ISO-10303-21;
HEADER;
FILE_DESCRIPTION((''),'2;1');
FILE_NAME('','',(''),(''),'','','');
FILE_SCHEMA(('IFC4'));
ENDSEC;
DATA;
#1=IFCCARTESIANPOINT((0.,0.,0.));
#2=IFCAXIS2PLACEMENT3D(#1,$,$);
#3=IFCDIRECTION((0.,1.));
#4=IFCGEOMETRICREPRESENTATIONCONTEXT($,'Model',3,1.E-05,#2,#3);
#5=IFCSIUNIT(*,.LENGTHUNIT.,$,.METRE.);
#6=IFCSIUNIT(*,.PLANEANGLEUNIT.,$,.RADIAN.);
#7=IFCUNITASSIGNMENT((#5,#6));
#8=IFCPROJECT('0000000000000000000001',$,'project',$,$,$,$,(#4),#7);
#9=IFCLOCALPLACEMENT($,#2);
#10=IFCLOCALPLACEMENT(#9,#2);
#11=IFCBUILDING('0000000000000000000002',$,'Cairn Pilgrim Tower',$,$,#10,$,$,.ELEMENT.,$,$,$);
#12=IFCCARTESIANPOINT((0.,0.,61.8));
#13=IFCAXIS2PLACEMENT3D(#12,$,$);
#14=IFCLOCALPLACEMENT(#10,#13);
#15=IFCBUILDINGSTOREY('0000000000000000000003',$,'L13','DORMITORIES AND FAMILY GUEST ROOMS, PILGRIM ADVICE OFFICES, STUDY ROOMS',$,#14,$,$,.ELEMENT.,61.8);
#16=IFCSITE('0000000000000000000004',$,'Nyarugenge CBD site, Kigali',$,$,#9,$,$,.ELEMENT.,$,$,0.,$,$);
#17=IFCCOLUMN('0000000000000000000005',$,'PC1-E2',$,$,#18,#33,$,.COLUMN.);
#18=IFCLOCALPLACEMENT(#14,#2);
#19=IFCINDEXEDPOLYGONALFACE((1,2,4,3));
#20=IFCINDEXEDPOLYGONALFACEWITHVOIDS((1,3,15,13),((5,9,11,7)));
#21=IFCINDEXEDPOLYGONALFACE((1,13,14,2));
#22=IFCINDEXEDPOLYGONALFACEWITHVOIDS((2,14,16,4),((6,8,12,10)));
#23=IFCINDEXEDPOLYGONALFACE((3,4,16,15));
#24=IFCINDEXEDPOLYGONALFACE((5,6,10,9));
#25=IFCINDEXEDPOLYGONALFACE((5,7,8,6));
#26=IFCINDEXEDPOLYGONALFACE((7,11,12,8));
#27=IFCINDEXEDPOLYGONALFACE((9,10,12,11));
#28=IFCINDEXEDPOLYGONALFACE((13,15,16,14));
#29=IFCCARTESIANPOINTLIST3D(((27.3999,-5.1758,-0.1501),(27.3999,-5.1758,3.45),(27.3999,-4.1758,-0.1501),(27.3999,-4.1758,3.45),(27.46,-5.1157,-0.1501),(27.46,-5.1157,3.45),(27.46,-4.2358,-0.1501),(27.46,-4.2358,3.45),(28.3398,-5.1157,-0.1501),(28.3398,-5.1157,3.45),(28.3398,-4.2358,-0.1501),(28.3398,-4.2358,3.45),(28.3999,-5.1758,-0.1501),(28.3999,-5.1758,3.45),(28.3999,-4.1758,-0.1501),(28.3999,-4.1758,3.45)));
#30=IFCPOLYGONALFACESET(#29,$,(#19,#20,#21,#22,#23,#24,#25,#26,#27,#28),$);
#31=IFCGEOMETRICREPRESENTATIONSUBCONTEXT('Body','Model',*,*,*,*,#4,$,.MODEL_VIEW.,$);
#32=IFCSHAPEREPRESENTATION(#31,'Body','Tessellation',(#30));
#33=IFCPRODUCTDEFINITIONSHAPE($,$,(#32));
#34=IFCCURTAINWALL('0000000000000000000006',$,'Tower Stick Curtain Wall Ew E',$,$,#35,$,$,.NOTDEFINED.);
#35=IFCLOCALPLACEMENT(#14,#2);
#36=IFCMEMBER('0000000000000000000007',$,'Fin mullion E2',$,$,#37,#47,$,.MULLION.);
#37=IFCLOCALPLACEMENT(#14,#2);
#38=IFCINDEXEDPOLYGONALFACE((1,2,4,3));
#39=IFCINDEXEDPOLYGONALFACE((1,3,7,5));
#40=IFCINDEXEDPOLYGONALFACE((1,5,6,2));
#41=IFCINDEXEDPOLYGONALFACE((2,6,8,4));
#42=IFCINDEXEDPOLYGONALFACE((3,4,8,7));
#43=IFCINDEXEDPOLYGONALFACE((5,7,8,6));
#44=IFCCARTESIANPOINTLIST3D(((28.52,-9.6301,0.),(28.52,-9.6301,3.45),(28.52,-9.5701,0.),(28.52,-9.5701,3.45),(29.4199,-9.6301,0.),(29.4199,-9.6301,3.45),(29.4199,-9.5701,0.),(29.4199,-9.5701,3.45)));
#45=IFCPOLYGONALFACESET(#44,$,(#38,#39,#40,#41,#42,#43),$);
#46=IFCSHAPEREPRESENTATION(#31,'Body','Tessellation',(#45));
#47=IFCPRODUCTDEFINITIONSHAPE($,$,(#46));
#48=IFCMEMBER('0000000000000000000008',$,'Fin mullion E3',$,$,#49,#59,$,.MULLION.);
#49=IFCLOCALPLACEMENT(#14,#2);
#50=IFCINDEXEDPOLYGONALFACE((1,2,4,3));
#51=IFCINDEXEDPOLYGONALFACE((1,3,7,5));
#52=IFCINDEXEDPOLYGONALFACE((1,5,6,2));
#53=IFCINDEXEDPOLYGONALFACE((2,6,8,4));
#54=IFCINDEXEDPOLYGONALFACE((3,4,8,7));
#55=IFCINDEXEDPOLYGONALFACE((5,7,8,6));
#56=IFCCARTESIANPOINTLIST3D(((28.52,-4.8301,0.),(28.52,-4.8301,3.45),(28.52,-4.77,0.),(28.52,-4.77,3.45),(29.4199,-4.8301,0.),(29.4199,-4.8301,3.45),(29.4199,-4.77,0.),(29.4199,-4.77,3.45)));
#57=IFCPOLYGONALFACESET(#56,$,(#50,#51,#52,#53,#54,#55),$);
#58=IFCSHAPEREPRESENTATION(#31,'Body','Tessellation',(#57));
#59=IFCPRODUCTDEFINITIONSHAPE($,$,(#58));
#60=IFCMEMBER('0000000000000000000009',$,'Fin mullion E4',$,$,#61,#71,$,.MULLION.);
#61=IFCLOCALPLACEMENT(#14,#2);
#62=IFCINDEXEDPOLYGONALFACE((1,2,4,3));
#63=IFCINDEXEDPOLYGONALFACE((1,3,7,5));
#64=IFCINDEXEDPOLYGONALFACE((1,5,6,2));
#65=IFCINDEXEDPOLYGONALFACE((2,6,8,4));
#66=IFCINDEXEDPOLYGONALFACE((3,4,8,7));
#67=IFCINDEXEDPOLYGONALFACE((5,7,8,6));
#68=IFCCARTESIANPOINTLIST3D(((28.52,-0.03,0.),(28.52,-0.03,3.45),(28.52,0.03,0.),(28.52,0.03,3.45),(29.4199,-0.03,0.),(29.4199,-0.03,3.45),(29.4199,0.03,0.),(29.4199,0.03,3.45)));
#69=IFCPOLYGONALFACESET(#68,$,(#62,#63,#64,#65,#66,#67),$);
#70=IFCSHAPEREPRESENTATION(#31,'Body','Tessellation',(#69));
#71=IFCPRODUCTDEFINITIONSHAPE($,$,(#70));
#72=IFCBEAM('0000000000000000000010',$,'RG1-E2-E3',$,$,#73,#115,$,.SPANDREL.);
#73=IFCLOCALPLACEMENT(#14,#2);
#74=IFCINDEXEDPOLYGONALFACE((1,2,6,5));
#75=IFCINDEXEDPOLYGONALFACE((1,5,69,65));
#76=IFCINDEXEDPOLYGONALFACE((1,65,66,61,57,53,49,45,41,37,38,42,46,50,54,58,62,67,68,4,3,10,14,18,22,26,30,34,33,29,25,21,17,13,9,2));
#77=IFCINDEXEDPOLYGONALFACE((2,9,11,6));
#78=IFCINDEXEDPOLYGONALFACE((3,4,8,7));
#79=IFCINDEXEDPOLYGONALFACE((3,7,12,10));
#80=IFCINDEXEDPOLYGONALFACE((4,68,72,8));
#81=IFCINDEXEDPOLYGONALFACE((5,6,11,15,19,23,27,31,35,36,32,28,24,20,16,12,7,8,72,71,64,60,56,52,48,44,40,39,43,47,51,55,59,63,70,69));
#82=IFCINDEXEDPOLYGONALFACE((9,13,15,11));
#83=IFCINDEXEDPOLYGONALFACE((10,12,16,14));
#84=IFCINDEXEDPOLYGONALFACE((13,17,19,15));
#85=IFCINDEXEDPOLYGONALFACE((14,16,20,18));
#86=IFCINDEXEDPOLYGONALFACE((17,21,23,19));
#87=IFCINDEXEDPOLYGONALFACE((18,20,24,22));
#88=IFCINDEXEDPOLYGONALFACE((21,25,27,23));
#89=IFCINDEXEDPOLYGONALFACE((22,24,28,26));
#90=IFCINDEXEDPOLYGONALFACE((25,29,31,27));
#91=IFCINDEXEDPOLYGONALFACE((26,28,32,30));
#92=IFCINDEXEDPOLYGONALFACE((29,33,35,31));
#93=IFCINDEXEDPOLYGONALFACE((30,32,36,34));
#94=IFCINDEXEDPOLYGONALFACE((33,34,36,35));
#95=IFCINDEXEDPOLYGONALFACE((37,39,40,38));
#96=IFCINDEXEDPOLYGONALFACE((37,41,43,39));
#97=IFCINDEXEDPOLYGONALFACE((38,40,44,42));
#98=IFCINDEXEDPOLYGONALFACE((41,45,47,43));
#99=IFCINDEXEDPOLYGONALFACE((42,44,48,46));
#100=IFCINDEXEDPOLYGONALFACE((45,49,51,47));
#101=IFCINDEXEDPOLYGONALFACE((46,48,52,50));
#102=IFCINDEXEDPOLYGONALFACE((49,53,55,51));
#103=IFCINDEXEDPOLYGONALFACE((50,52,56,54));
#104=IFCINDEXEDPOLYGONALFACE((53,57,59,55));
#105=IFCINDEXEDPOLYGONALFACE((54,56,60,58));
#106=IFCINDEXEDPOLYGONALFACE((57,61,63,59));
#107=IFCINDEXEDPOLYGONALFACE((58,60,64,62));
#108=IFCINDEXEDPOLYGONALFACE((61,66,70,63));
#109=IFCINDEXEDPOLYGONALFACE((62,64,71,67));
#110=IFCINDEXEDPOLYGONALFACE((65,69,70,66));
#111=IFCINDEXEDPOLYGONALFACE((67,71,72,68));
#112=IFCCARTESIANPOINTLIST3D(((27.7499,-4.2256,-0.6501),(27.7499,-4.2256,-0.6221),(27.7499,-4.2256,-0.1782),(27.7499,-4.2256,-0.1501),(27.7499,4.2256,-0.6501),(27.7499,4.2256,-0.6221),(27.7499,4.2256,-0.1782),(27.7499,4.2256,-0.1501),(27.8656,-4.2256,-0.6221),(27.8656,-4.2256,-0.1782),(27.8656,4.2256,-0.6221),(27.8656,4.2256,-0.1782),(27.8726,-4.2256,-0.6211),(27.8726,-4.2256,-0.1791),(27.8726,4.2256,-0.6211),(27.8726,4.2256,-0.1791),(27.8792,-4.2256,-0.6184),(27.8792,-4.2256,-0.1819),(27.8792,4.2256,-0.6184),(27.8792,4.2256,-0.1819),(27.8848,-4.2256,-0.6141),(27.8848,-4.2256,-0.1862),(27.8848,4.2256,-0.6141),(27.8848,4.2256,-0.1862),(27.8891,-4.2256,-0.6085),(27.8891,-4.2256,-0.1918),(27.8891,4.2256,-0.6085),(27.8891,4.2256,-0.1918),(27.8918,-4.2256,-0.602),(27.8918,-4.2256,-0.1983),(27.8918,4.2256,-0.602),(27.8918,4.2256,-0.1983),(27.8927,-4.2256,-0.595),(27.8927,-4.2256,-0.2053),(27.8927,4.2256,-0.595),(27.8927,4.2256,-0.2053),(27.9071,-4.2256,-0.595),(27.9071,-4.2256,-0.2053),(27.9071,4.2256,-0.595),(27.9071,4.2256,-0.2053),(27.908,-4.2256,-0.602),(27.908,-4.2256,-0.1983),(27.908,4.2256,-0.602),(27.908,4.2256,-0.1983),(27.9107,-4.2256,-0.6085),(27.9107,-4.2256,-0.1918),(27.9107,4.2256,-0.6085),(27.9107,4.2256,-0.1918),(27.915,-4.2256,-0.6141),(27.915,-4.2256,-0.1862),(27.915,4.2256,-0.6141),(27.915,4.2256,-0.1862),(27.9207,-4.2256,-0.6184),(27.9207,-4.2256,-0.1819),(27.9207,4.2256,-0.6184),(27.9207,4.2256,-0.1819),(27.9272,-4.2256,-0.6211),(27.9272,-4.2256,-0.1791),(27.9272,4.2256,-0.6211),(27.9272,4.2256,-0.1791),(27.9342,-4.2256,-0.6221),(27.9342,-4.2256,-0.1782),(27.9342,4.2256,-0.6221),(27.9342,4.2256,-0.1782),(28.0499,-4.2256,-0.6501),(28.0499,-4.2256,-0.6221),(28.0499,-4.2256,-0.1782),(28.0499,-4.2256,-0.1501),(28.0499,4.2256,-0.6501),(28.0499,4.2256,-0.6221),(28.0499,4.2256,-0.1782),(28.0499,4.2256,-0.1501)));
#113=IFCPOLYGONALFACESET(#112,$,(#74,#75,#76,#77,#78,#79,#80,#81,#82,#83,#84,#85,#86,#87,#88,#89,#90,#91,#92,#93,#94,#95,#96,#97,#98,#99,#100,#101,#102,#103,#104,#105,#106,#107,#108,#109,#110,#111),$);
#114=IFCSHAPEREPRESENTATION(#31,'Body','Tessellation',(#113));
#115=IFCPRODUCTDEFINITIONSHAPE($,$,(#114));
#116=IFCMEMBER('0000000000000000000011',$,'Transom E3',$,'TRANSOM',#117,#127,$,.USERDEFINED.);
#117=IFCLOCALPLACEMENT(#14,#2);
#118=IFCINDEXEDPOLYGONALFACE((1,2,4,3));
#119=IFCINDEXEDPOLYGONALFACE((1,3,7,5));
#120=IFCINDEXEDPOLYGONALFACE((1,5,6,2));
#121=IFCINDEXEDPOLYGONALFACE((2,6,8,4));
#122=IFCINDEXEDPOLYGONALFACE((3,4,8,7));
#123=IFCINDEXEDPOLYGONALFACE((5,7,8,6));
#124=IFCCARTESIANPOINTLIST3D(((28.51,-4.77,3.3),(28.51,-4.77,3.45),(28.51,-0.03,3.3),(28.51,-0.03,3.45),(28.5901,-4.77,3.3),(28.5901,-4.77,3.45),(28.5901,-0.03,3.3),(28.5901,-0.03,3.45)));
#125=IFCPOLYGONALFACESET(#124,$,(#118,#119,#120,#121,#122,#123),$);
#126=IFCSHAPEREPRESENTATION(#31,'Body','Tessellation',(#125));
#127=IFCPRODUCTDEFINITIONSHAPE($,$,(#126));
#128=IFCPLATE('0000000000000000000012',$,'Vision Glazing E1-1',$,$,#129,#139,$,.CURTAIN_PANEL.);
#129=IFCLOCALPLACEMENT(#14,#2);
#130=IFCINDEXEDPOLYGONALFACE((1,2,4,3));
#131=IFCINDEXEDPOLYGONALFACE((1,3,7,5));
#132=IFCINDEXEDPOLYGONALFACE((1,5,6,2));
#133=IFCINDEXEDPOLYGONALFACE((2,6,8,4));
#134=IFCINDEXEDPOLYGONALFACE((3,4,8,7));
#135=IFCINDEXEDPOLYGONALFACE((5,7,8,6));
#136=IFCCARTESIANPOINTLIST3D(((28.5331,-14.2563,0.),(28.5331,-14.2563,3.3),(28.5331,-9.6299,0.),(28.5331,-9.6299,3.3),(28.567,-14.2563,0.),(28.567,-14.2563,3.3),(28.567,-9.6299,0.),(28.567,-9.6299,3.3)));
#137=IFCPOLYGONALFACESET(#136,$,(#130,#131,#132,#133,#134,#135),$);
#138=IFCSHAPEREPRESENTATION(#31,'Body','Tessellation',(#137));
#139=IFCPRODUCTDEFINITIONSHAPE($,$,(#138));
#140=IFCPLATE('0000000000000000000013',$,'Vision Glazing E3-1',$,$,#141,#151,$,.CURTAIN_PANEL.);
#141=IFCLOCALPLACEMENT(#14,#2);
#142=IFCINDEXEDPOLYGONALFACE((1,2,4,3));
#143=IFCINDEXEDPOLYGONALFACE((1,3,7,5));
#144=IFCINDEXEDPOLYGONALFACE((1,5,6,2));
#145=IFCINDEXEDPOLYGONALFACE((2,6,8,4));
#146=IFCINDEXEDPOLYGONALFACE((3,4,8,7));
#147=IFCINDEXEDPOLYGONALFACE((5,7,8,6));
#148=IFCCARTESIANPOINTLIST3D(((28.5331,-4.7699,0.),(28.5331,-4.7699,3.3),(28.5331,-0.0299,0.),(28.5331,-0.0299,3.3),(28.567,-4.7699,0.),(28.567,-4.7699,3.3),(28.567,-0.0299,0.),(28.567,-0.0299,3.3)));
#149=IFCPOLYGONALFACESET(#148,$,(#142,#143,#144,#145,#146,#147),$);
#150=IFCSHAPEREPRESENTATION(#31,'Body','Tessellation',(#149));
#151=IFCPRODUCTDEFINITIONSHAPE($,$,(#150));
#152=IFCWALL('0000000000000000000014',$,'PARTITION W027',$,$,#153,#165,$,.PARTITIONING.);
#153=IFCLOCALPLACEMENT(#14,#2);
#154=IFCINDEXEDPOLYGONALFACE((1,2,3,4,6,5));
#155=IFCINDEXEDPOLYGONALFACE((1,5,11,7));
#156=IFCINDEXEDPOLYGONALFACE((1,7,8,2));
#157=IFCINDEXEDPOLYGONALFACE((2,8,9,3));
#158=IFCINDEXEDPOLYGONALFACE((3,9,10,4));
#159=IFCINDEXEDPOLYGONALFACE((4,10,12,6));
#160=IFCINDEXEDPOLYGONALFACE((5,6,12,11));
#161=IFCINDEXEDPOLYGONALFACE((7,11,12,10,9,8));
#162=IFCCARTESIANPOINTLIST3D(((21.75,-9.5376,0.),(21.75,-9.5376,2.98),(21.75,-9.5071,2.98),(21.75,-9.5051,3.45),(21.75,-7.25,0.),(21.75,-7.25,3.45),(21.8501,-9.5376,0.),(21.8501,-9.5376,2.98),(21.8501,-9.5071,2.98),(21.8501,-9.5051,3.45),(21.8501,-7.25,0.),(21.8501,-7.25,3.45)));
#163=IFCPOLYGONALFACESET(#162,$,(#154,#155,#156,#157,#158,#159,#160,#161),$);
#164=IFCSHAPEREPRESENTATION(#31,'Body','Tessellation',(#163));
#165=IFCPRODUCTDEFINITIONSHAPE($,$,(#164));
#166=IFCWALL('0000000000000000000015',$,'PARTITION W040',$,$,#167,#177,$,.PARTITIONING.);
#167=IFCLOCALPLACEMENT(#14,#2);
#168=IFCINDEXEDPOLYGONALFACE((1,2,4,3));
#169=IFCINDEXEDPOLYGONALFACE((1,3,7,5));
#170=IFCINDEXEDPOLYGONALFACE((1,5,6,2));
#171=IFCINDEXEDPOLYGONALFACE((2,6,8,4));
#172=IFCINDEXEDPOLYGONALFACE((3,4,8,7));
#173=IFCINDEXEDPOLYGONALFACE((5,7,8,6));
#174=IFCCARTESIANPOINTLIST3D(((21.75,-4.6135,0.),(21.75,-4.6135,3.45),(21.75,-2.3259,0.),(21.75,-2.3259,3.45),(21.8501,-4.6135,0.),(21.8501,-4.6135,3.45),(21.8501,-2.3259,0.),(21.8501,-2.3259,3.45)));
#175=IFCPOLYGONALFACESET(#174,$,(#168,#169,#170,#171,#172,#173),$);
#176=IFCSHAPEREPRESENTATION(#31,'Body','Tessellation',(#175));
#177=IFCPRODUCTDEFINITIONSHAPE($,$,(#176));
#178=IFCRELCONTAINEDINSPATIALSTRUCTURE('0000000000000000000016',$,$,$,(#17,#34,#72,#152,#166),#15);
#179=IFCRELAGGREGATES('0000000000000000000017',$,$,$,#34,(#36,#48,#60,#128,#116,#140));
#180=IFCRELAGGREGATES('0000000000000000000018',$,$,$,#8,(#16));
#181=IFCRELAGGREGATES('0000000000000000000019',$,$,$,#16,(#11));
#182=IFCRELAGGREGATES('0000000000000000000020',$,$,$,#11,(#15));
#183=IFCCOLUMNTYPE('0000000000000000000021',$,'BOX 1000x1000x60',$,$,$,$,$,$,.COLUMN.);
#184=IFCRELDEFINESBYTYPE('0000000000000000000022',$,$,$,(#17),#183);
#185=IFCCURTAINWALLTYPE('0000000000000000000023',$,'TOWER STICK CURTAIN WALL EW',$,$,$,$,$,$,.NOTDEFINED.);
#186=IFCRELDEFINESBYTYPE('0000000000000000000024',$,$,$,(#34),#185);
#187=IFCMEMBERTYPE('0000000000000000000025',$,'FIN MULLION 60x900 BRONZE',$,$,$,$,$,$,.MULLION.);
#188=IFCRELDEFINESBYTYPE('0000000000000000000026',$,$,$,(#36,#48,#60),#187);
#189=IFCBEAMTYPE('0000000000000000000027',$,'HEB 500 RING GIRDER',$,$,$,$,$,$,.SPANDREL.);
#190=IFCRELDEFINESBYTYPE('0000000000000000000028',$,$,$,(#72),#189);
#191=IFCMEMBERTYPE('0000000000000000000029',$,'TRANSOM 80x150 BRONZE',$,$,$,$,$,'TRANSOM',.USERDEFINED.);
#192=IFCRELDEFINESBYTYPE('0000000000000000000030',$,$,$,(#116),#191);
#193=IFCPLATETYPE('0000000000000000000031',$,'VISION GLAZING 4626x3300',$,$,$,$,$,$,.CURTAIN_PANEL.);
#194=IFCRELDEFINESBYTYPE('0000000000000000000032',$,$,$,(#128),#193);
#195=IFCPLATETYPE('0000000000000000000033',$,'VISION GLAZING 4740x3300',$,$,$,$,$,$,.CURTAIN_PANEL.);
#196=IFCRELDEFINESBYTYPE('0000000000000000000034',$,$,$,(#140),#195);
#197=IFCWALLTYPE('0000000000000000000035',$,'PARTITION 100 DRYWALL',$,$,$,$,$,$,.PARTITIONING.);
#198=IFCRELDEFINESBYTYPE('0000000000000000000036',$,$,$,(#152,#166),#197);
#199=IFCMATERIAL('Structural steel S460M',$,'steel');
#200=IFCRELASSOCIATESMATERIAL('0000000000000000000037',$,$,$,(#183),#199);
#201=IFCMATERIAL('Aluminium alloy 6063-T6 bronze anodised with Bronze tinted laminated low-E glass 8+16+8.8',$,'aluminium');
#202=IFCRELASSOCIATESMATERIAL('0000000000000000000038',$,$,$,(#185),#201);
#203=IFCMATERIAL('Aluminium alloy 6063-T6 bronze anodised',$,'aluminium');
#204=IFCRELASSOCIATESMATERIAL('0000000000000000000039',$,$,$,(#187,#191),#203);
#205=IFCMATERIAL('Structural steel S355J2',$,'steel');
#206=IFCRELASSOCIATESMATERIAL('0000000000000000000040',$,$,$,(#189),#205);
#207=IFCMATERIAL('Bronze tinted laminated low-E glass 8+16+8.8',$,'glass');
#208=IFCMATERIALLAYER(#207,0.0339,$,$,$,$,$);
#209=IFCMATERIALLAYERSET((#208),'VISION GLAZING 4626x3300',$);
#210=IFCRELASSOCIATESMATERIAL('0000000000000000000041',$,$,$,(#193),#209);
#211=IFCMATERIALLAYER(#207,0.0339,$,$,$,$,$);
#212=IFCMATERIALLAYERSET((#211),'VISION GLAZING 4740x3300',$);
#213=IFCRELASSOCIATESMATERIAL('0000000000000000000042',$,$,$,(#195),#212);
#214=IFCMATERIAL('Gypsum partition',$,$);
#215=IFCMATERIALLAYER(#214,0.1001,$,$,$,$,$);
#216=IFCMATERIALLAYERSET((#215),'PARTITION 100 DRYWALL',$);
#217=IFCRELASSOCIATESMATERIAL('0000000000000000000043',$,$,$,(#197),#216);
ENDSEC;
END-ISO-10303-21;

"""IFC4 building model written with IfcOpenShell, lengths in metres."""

from ifc_helpers import new_model, si_unit, direction, frame, frame_2d, origin, origin_2d, place, context, subcontext, project, spatial, polyline, rectangle, hollow_rectangle, i_section, outline, extrude, material, layer, layer_set, material_profile, profile_set, type_object, element, aggregate, save


model = new_model("IFC4")

# Units and contexts
model_context = context("Model", 3, precision=1e-05, world=origin(), true_north=direction((0.0, 1.0)))
body_context = subcontext(model_context, "Body", "Model", "MODEL_VIEW")
ifc_project = project(units=[si_unit("LENGTHUNIT", "METRE"), si_unit("PLANEANGLEUNIT", "RADIAN")], contexts=[model_context])

# Site, building, storey
site_placement = place(None, origin())
site = spatial("IfcSite", under=ifc_project, at=site_placement, Name="Nyarugenge CBD site, Kigali", CompositionType="ELEMENT", RefElevation=0.0)
building_placement = place(site_placement, origin())
building = spatial("IfcBuilding", under=site, at=building_placement, Name="Cairn Pilgrim Tower", CompositionType="ELEMENT")
storey_placement = place(building_placement, frame((0.0, 0.0, 61.8)))
storey = spatial("IfcBuildingStorey", under=building, at=storey_placement, Name="L13", Description="DORMITORIES AND FAMILY GUEST ROOMS, PILGRIM ADVICE OFFICES, STUDY ROOMS", CompositionType="ELEMENT", Elevation=61.8)

# Column
ifc_material_1 = material(Name="Structural steel S460M", Category="steel")
ifc_material_profile_1 = material_profile(ifc_material_1, hollow_rectangle(XDim=1.0, YDim=1.0, WallThickness=0.0601, at=origin_2d()), Name="BOX 1000x1000x60")
ifc_profile_set_1 = profile_set([ifc_material_profile_1], Name="Structural steel S460M")
column_type = type_object("IfcColumnType", Name="BOX 1000x1000x60", PredefinedType="COLUMN", material=ifc_profile_set_1)
column_placement = place(storey_placement, frame((27.8999, -4.6758, -0.1501), z_axis=(0.0, 0.0, 1.0), x_axis=(1.0, 0.0, 0.0)))
element("IfcColumn", 1, at=column_placement, inside=storey, type_object=column_type, Name="PC1-E2", PredefinedType="COLUMN", context=body_context, shape_type="SweptSolid", body=[
    extrude(hollow_rectangle(XDim=1.0, YDim=1.0, WallThickness=0.0601, at=origin_2d()), origin(), (0.0, 0.0, 1.0), 3.6001),
])

# Curtain wall, members
ifc_material_2 = material(Name="Aluminium alloy 6063-T6 bronze anodised with Bronze tinted laminated low-E glass 8+16+8.8", Category="aluminium")
curtain_wall_type = type_object("IfcCurtainWallType", Name="TOWER STICK CURTAIN WALL EW", PredefinedType="NOTDEFINED", material=ifc_material_2)
curtain_wall_placement = place(storey_placement, origin())
curtain_wall = element("IfcCurtainWall", 2, at=curtain_wall_placement, inside=storey, type_object=curtain_wall_type, Name="Tower Stick Curtain Wall Ew E", PredefinedType="NOTDEFINED")
ifc_material_3 = material(Name="Aluminium alloy 6063-T6 bronze anodised", Category="aluminium")
ifc_material_profile_2 = material_profile(ifc_material_3, rectangle(XDim=0.8999, YDim=0.0601, at=origin_2d()), Name="FIN MULLION 60x900 BRONZE")
ifc_profile_set_2 = profile_set([ifc_material_profile_2], Name="Aluminium alloy 6063-T6 bronze anodised")
member_type_1 = type_object("IfcMemberType", Name="FIN MULLION 60x900 BRONZE", PredefinedType="MULLION", material=ifc_profile_set_2)
member_1_placement = place(storey_placement, frame((28.97, -9.6001, 0.0), z_axis=(0.0, 0.0, 1.0), x_axis=(1.0, 0.0, 0.0)))
member_1 = element("IfcMember", 3, at=member_1_placement, type_object=member_type_1, Name="Fin mullion E2", PredefinedType="MULLION", context=body_context, shape_type="SweptSolid", body=[
    extrude(rectangle(XDim=0.8999, YDim=0.0601, at=origin_2d()), origin(), (0.0, 0.0, 1.0), 3.45),
])
member_2_placement = place(storey_placement, frame((28.97, -4.8, 0.0), z_axis=(0.0, 0.0, 1.0), x_axis=(1.0, 0.0, 0.0)))
member_2 = element("IfcMember", 4, at=member_2_placement, type_object=member_type_1, Name="Fin mullion E3", PredefinedType="MULLION", context=body_context, shape_type="SweptSolid", body=[
    extrude(rectangle(XDim=0.8999, YDim=0.0601, at=origin_2d()), origin(), (0.0, 0.0, 1.0), 3.45),
])
member_3_placement = place(storey_placement, frame((28.97, 0.0, 0.0), z_axis=(0.0, 0.0, 1.0), x_axis=(1.0, 0.0, 0.0)))
member_3 = element("IfcMember", 5, at=member_3_placement, type_object=member_type_1, Name="Fin mullion E4", PredefinedType="MULLION", context=body_context, shape_type="SweptSolid", body=[
    extrude(rectangle(XDim=0.8999, YDim=0.0601, at=origin_2d()), origin(), (0.0, 0.0, 1.0), 3.45),
])

# Beam
ifc_material_4 = material(Name="Structural steel S355J2", Category="steel")
ifc_material_profile_3 = material_profile(ifc_material_4, i_section(OverallWidth=0.3, OverallDepth=0.5, WebThickness=0.0144, FlangeThickness=0.0281, FilletRadius=0.0271, at=origin_2d()), Name="HEB 500")
ifc_profile_set_3 = profile_set([ifc_material_profile_3], Name="Structural steel S355J2")
beam_type = type_object("IfcBeamType", Name="HEB 500 RING GIRDER", PredefinedType="SPANDREL", material=ifc_profile_set_3)
beam_placement = place(storey_placement, frame((27.8999, -4.2256, -0.4001), z_axis=(0.0, 1.0, 0.0), x_axis=(-1.0, 0.0, 0.0)))
element("IfcBeam", 6, at=beam_placement, inside=storey, type_object=beam_type, Name="RG1-E2-E3", PredefinedType="SPANDREL", context=body_context, shape_type="SweptSolid", body=[
    extrude(i_section(OverallWidth=0.3, OverallDepth=0.5, WebThickness=0.0144, FlangeThickness=0.0281, FilletRadius=0.0271, at=origin_2d()), origin(), (0.0, 0.0, 1.0), 8.4512),
])

# Member
ifc_material_profile_4 = material_profile(ifc_material_3, rectangle(XDim=0.0801, YDim=0.1499, at=origin_2d()), Name="TRANSOM 80x150 BRONZE")
ifc_profile_set_4 = profile_set([ifc_material_profile_4], Name="Aluminium alloy 6063-T6 bronze anodised")
member_type_2 = type_object("IfcMemberType", Name="TRANSOM 80x150 BRONZE", ElementType="TRANSOM", PredefinedType="USERDEFINED", material=ifc_profile_set_4)
member_4_placement = place(storey_placement, frame((28.55, -4.77, 3.375), z_axis=(0.0, 1.0, 0.0), x_axis=(-1.0, 0.0, 0.0)))
member_4 = element("IfcMember", 7, at=member_4_placement, type_object=member_type_2, Name="Transom E3", ObjectType="TRANSOM", PredefinedType="USERDEFINED", context=body_context, shape_type="SweptSolid", body=[
    extrude(rectangle(XDim=0.0801, YDim=0.1499, at=origin_2d()), origin(), (0.0, 0.0, 1.0), 4.74),
])

# Plates
ifc_material_5 = material(Name="Bronze tinted laminated low-E glass 8+16+8.8", Category="glass")
ifc_layer_1 = layer(ifc_material_5, 0.0339)
ifc_layer_set_1 = layer_set([ifc_layer_1], Name="VISION GLAZING 4626x3300")
plate_type_1 = type_object("IfcPlateType", Name="VISION GLAZING 4626x3300", PredefinedType="CURTAIN_PANEL", material=ifc_layer_set_1)
plate_1_placement = place(storey_placement, frame((28.55, -11.9431, 0.0), z_axis=(0.0, 0.0, 1.0), x_axis=(0.0, 1.0, 0.0)))
plate_1 = element("IfcPlate", 8, at=plate_1_placement, type_object=plate_type_1, Name="Vision Glazing E1-1", PredefinedType="CURTAIN_PANEL", context=body_context, shape_type="SweptSolid", body=[
    extrude(rectangle(XDim=4.6265, YDim=0.0339, at=origin_2d()), origin(), (0.0, 0.0, 1.0), 3.3),
])
ifc_layer_2 = layer(ifc_material_5, 0.0339)
ifc_layer_set_2 = layer_set([ifc_layer_2], Name="VISION GLAZING 4740x3300")
plate_type_2 = type_object("IfcPlateType", Name="VISION GLAZING 4740x3300", PredefinedType="CURTAIN_PANEL", material=ifc_layer_set_2)
plate_2_placement = place(storey_placement, frame((28.55, -2.3999, 0.0), z_axis=(0.0, 0.0, 1.0), x_axis=(0.0, 1.0, 0.0)))
plate_2 = element("IfcPlate", 9, at=plate_2_placement, type_object=plate_type_2, Name="Vision Glazing E3-1", PredefinedType="CURTAIN_PANEL", context=body_context, shape_type="SweptSolid", body=[
    extrude(rectangle(XDim=4.74, YDim=0.0339, at=origin_2d()), origin(), (0.0, 0.0, 1.0), 3.3),
])
aggregate(curtain_wall, [member_1, member_2, member_3, plate_1, member_4, plate_2])

# Walls
ifc_material_6 = material(Name="Gypsum partition")
ifc_layer_3 = layer(ifc_material_6, 0.1001)
ifc_layer_set_3 = layer_set([ifc_layer_3], Name="PARTITION 100 DRYWALL")
wall_type_1 = type_object("IfcWallType", Name="PARTITION 100 DRYWALL", PredefinedType="PARTITIONING", material=ifc_layer_set_3)
wall_1_placement = place(storey_placement, frame((21.8, -9.5376, 0.0), z_axis=(0.0, 0.0, 1.0), x_axis=(0.0, 1.0, 0.0)))
element("IfcWall", 10, at=wall_1_placement, inside=storey, type_object=wall_type_1, Name="PARTITION W027", PredefinedType="PARTITIONING", context=body_context, shape_type="SweptSolid", body=[
    extrude(outline(polyline([(0.0, 0.0), (2.2876, 0.0), (2.2876, 3.45), (0.0325, 3.45), (0.0305, 2.98), (0.0, 2.98), (0.0, 0.0)])), frame((0.0, 0.05, 0.0), z_axis=(0.0, -1.0, 0.0), x_axis=(1.0, 0.0, 0.0)), (0.0, 0.0, 1.0), 0.1001),
])
wall_2_placement = place(storey_placement, frame((21.8, -4.6135, 0.0), z_axis=(0.0, 0.0, 1.0), x_axis=(0.0, 1.0, 0.0)))
element("IfcWall", 11, at=wall_2_placement, inside=storey, type_object=wall_type_1, Name="PARTITION W040", PredefinedType="PARTITIONING", context=body_context, shape_type="SweptSolid", body=[
    extrude(rectangle(XDim=2.2876, YDim=0.1001, at=frame_2d((1.1438, 0.0))), origin(), (0.0, 0.0, 1.0), 3.45),
])

save(model, "model.ifc")
